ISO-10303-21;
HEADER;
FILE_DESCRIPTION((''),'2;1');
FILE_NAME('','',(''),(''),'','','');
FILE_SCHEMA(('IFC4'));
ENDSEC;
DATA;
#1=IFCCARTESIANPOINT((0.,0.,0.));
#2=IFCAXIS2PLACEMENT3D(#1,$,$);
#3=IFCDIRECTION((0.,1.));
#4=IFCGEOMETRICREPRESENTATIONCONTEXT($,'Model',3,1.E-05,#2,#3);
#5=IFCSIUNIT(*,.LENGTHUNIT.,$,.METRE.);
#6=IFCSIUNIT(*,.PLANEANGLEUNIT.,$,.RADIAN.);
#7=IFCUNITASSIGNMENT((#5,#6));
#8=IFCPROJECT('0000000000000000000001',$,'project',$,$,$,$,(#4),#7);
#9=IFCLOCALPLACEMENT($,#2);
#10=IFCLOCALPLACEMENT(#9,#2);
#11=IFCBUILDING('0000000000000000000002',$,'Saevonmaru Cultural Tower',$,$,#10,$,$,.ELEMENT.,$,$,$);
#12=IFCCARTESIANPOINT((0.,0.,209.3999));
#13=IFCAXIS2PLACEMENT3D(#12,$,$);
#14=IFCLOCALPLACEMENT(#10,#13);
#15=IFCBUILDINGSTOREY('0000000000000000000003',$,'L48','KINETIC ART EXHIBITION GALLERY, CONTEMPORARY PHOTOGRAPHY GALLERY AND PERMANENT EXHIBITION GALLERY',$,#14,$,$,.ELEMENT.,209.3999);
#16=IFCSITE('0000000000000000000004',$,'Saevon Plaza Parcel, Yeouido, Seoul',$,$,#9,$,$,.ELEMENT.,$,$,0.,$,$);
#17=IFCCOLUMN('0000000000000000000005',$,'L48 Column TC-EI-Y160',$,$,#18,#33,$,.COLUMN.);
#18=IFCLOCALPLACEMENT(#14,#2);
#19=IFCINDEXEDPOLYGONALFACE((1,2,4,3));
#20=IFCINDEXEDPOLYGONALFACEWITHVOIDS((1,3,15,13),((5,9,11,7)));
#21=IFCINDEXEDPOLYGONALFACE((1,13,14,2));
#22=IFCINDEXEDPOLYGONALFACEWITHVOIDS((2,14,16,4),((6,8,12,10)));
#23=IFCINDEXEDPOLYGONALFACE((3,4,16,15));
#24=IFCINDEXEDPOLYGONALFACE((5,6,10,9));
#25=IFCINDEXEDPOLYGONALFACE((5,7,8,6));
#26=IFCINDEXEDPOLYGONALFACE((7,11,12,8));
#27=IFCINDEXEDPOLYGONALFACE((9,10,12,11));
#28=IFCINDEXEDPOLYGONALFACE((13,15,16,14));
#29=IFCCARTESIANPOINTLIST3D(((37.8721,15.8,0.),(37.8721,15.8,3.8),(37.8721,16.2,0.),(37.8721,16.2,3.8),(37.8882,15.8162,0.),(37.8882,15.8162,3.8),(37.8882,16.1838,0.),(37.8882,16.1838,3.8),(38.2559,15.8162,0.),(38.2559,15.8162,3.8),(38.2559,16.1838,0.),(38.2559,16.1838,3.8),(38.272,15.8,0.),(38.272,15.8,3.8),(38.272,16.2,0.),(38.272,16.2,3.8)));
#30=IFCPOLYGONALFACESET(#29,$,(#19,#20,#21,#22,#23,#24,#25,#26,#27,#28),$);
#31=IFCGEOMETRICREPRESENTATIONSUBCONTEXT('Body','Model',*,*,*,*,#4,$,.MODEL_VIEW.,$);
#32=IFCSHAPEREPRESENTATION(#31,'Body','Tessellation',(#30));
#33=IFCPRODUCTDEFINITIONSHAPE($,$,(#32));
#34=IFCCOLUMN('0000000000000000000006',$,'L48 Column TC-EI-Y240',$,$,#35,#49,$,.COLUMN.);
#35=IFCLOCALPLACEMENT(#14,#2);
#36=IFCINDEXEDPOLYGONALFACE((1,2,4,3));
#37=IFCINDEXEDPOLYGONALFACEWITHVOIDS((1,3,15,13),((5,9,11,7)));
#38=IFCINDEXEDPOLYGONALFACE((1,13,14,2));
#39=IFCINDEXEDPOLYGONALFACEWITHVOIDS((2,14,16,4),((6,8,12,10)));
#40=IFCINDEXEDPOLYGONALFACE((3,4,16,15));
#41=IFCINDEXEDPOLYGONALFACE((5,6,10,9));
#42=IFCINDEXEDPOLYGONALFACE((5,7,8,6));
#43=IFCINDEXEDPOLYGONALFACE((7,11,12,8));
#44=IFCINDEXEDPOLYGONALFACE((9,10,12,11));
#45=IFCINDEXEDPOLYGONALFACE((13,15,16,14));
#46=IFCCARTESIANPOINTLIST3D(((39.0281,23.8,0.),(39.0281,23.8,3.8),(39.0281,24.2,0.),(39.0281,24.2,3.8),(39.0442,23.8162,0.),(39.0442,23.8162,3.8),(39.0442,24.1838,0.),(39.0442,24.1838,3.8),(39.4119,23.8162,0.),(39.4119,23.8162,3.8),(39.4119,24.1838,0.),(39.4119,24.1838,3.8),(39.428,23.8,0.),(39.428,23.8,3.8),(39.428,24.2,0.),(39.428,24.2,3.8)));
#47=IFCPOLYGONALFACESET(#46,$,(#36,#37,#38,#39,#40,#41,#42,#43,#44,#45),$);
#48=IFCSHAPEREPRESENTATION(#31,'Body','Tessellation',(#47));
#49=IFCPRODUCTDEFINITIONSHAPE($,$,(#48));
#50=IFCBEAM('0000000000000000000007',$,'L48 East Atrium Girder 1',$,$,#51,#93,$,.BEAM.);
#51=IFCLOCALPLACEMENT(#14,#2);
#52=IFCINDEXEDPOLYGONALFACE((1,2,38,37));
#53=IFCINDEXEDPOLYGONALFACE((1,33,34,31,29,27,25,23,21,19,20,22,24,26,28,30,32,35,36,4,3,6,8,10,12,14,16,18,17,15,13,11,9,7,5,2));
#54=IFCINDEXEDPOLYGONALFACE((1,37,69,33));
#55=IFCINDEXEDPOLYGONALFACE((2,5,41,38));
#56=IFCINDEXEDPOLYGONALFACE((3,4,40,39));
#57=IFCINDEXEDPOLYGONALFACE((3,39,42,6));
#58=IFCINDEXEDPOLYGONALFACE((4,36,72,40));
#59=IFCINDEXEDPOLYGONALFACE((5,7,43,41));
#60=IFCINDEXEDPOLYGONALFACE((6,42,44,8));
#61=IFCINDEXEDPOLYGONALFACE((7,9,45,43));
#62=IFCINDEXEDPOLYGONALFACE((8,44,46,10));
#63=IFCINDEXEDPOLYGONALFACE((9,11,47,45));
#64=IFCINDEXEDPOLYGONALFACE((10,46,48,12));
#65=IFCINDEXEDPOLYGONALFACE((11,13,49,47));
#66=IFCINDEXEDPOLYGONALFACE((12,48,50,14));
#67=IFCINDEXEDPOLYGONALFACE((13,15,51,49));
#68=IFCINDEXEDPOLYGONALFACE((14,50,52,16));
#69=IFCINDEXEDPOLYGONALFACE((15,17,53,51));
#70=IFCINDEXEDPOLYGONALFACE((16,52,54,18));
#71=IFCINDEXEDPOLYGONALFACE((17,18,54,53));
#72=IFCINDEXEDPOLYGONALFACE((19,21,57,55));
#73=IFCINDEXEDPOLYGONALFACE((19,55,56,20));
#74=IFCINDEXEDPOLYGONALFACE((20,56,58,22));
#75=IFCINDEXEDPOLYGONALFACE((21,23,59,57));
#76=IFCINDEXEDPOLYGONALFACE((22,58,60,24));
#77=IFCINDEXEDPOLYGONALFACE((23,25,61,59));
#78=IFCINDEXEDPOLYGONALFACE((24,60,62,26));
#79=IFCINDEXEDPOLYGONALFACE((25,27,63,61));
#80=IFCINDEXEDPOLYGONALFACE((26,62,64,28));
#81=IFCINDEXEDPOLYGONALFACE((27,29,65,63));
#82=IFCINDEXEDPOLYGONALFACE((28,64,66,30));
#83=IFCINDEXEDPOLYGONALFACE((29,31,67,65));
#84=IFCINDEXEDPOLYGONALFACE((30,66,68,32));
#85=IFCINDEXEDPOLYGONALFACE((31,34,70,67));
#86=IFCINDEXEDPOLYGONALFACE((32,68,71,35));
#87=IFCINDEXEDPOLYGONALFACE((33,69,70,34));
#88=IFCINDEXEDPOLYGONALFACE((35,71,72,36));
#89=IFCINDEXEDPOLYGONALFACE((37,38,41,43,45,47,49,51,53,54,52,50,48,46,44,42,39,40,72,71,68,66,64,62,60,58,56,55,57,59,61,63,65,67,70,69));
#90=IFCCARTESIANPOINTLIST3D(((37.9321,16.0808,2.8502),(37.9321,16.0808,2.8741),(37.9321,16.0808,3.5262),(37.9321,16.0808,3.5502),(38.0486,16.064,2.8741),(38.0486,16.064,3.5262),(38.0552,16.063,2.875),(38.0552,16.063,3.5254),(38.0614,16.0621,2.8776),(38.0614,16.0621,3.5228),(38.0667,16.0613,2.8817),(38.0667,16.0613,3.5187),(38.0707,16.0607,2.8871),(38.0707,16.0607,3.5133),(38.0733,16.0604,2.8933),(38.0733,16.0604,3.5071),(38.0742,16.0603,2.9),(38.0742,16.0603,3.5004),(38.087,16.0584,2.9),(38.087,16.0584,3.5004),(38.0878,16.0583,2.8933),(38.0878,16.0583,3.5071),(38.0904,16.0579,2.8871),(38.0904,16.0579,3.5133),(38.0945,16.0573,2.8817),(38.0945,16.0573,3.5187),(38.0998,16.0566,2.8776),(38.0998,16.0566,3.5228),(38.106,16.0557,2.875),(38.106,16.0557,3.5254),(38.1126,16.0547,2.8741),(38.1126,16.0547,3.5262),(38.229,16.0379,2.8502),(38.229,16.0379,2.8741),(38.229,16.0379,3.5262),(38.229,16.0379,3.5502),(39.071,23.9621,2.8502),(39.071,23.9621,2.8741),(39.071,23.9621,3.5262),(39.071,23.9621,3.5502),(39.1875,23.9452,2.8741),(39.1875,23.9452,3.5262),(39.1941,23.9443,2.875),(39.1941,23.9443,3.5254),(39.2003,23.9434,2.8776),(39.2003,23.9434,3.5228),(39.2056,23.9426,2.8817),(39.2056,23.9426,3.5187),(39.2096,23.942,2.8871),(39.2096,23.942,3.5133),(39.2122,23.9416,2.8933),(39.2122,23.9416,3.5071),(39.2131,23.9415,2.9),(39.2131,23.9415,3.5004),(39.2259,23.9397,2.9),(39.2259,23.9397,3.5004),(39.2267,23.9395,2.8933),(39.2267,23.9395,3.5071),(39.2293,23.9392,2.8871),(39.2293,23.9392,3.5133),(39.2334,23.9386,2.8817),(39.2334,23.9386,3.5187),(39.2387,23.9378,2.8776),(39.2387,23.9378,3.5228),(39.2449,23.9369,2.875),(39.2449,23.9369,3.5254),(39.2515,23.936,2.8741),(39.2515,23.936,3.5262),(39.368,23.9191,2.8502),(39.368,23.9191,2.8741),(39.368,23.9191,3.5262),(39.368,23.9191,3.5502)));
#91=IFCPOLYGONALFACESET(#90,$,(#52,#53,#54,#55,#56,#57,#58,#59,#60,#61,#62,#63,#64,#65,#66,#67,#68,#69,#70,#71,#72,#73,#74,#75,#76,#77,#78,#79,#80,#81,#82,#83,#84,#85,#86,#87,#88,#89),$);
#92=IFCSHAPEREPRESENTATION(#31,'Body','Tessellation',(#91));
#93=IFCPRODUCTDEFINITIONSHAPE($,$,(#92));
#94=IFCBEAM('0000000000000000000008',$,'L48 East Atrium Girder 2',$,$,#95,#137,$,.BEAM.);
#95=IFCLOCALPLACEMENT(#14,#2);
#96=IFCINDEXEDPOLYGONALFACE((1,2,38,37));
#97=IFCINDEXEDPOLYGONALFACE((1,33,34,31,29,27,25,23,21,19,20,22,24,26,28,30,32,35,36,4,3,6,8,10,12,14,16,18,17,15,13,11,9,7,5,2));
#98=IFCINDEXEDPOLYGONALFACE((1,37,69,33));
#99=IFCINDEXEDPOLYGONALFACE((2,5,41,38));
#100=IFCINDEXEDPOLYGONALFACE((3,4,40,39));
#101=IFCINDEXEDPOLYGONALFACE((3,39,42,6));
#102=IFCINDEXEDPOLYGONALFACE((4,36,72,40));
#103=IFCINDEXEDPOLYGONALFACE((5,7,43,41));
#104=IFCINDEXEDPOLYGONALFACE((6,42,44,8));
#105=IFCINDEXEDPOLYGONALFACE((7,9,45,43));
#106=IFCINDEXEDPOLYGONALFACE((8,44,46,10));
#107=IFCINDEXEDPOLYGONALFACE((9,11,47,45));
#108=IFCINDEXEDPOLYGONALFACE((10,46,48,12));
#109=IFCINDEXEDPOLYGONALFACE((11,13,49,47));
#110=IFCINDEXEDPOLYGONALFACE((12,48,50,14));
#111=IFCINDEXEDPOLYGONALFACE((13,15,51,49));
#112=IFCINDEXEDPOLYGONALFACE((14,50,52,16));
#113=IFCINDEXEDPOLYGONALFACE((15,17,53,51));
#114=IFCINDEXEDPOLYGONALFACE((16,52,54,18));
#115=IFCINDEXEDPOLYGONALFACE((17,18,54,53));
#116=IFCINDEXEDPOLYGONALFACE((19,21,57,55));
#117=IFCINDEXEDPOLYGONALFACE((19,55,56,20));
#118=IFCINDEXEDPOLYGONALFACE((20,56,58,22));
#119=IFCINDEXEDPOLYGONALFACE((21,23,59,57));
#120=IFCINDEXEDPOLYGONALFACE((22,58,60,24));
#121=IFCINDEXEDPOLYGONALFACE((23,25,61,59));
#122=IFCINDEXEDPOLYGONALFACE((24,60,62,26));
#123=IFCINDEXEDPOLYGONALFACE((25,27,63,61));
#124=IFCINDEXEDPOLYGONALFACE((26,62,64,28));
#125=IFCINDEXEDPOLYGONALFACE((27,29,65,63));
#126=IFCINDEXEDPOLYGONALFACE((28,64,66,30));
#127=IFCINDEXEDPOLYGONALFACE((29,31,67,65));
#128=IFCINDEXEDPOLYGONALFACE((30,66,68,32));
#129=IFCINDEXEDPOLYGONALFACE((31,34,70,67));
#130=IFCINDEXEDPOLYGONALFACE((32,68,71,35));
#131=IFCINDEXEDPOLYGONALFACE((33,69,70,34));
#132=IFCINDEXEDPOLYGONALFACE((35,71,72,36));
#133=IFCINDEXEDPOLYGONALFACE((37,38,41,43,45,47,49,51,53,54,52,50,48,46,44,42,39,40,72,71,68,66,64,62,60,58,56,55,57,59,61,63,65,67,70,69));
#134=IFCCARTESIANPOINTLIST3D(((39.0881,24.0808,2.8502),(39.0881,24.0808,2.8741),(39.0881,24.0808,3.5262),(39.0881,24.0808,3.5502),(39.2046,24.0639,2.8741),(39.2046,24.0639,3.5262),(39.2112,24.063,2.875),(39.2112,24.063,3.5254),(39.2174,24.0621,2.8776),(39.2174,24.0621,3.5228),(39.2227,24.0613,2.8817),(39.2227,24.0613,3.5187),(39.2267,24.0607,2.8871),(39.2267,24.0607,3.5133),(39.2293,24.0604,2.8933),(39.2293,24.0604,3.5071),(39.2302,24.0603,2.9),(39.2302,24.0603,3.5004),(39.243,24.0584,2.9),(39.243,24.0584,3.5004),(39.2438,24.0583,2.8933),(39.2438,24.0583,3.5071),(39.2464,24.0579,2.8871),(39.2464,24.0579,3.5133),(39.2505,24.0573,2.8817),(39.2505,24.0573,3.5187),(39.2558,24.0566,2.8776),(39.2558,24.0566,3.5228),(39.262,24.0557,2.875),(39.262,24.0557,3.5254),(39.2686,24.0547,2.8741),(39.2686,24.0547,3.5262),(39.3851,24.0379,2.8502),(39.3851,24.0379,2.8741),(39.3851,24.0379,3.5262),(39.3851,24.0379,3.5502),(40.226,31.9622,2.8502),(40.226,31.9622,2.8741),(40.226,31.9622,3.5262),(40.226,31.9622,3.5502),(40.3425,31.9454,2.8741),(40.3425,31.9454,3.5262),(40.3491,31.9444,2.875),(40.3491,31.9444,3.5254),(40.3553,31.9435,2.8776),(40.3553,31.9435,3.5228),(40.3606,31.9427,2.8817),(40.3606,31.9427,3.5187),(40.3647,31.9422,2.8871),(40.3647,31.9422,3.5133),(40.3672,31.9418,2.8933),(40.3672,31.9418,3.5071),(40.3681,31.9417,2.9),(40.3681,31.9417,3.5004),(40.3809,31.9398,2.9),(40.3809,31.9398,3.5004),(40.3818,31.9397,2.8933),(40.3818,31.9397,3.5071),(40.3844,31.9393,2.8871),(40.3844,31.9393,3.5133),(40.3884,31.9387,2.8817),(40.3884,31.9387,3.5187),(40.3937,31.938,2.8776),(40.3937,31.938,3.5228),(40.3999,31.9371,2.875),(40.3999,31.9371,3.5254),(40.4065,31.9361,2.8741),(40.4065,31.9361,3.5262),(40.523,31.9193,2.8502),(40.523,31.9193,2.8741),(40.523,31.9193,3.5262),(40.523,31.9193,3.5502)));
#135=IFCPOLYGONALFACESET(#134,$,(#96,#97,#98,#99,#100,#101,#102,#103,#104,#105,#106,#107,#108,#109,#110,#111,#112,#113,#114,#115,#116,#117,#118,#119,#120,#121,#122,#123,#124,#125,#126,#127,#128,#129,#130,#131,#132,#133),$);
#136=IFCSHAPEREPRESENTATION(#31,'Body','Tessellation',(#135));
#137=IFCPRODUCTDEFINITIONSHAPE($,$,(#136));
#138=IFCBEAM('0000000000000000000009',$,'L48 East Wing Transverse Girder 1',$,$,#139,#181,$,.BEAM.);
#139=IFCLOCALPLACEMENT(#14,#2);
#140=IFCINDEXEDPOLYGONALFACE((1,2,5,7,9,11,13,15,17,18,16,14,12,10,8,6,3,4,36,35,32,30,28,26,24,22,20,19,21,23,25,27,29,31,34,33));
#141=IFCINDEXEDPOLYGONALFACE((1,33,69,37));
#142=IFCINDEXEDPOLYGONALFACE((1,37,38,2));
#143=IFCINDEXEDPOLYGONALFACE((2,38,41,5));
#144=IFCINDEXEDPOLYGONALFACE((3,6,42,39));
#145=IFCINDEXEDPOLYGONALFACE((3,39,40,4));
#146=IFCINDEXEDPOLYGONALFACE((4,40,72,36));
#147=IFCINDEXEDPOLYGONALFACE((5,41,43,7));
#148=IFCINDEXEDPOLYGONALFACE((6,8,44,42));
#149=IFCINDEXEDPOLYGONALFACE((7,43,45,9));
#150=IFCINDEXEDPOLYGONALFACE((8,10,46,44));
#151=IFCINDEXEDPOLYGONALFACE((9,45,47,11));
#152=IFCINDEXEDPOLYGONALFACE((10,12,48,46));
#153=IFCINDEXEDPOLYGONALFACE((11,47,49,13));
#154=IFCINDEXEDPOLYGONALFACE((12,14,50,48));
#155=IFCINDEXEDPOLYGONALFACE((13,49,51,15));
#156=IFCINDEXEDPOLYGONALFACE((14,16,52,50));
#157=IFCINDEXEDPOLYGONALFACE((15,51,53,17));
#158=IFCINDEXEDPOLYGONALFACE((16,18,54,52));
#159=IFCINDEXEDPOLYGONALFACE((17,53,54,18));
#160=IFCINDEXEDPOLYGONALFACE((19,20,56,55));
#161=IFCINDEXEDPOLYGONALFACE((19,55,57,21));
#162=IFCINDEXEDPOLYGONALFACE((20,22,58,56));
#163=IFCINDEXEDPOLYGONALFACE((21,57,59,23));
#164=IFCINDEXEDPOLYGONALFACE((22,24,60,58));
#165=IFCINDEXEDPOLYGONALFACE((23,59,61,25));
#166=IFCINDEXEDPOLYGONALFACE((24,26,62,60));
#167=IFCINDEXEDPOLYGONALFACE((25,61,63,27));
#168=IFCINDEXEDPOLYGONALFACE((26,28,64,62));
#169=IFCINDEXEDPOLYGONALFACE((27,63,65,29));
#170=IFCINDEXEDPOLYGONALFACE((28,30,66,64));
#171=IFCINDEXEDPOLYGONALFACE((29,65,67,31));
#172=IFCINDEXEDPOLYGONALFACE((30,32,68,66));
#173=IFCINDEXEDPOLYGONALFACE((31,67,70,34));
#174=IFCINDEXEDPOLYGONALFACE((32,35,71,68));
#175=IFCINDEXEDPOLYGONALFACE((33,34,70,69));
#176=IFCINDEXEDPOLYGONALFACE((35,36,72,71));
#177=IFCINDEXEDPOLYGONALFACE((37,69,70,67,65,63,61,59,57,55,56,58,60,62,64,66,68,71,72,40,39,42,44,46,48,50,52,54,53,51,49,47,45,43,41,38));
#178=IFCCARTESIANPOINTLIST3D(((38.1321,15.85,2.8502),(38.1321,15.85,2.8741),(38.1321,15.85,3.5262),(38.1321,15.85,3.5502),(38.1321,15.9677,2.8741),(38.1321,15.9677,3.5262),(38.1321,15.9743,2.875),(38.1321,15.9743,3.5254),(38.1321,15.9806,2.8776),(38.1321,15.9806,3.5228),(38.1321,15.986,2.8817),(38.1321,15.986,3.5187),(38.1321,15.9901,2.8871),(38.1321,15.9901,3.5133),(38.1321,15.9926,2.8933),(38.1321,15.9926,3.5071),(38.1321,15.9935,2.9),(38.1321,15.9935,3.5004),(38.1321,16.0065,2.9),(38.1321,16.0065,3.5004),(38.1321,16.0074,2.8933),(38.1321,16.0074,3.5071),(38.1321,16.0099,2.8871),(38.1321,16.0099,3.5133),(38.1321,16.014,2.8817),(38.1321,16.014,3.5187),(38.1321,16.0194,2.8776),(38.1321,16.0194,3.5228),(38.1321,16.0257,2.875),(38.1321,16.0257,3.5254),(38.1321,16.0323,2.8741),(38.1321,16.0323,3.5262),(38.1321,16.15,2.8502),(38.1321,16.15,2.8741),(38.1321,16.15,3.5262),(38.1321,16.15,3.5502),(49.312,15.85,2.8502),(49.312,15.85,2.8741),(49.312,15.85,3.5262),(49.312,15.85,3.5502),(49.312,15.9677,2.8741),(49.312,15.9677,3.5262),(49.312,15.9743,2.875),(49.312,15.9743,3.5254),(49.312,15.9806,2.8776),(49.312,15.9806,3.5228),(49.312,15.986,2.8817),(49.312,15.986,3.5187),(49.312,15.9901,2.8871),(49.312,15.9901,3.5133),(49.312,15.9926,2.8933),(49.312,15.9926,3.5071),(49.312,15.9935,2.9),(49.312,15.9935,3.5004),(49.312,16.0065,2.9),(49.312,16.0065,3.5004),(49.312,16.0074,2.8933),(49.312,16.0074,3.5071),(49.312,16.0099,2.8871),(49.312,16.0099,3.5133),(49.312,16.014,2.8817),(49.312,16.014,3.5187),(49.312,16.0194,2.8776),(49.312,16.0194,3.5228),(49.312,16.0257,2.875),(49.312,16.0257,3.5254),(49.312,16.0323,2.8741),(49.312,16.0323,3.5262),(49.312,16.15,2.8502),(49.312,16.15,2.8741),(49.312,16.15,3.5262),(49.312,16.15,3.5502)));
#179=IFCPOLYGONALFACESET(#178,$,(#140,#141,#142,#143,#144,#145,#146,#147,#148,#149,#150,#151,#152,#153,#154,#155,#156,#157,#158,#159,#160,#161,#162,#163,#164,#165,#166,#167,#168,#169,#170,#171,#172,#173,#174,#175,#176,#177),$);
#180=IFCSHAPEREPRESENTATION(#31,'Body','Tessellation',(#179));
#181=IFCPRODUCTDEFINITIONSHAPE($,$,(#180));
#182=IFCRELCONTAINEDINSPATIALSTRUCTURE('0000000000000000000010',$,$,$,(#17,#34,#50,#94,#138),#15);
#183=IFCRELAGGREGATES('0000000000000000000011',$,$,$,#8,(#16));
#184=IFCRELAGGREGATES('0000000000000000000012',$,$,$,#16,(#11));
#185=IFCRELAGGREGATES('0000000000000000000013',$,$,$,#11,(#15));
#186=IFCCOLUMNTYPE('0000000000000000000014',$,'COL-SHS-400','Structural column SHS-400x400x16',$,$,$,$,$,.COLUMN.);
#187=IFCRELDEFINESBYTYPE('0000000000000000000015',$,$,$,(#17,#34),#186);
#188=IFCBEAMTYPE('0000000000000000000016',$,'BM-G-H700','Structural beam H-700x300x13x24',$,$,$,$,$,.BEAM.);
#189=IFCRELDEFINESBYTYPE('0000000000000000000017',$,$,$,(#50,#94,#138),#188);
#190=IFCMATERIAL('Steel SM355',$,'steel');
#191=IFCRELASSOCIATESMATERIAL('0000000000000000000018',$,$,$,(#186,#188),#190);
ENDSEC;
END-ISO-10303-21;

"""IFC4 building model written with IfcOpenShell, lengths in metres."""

from ifc_helpers import new_model, si_unit, direction, frame, origin, origin_2d, place, context, subcontext, project, spatial, hollow_rectangle, i_section, extrude, material, material_profile, profile_set, type_object, element, save


model = new_model("IFC4")

# Units and contexts
model_context = context("Model", 3, precision=1e-05, world=origin(), true_north=direction((0.0, 1.0)))
body_context = subcontext(model_context, "Body", "Model", "MODEL_VIEW")
ifc_project = project(units=[si_unit("LENGTHUNIT", "METRE"), si_unit("PLANEANGLEUNIT", "RADIAN")], contexts=[model_context])

# Site, building, storey
site_placement = place(None, origin())
site = spatial("IfcSite", under=ifc_project, at=site_placement, Name="Saevon Plaza Parcel, Yeouido, Seoul", CompositionType="ELEMENT", RefElevation=0.0)
building_placement = place(site_placement, origin())
building = spatial("IfcBuilding", under=site, at=building_placement, Name="Saevonmaru Cultural Tower", CompositionType="ELEMENT")
storey_placement = place(building_placement, frame((0.0, 0.0, 209.3999)))
storey = spatial("IfcBuildingStorey", under=building, at=storey_placement, Name="L48", Description="KINETIC ART EXHIBITION GALLERY, CONTEMPORARY PHOTOGRAPHY GALLERY AND PERMANENT EXHIBITION GALLERY", CompositionType="ELEMENT", Elevation=209.3999)

# Columns
ifc_material_1 = material(Name="Steel SM355", Category="steel")
ifc_material_profile_1 = material_profile(ifc_material_1, hollow_rectangle(XDim=0.3999, YDim=0.3999, WallThickness=0.0161, at=origin_2d()), Name="SHS-400x400x16")
ifc_profile_set_1 = profile_set([ifc_material_profile_1], Name="Steel SM355")
column_type = type_object("IfcColumnType", Name="COL-SHS-400", Description="Structural column SHS-400x400x16", PredefinedType="COLUMN", material=ifc_profile_set_1)
for number, where, z_axis, x_axis, name in (
    (1, (38.072, 16.0, 0.0), (0.0, 0.0, 1.0), (1.0, 0.0, 0.0), "L48 Column TC-EI-Y160"),
    (2, (39.228, 24.0, 0.0), (0.0, 0.0, 1.0), (1.0, 0.0, 0.0), "L48 Column TC-EI-Y240"),
):
    element("IfcColumn", number, at=place(storey_placement, frame(where, z_axis=z_axis, x_axis=x_axis)), inside=storey, type_object=column_type, Name=name, PredefinedType="COLUMN", context=body_context, shape_type="SweptSolid", body=[
        extrude(hollow_rectangle(XDim=0.3999, YDim=0.3999, WallThickness=0.0161, at=origin_2d()), origin(), (0.0, 0.0, 1.0), 3.8),
    ])

# Beams
ifc_material_profile_2 = material_profile(ifc_material_1, i_section(OverallWidth=0.3, OverallDepth=0.7, WebThickness=0.0129, FlangeThickness=0.0239, FilletRadius=0.0259, at=origin_2d()), Name="H-700x300x13x24")
ifc_profile_set_2 = profile_set([ifc_material_profile_2], Name="Steel SM355")
beam_type_1 = type_object("IfcBeamType", Name="BM-G-H700", Description="Structural beam H-700x300x13x24", PredefinedType="BEAM", material=ifc_profile_set_2)
for number, where, z_axis, x_axis, name in (
    (3, (38.0806, 16.0593, 3.2002), (0.143022, 0.989719, 0.0), (-0.989719, 0.143022, 0.0), "L48 East Atrium Girder 1"),
    (4, (39.2366, 24.0593, 3.2002), (0.142902, 0.989737, 0.0), (-0.989737, 0.142902, 0.0), "L48 East Atrium Girder 2"),
):
    element("IfcBeam", number, at=place(storey_placement, frame(where, z_axis=z_axis, x_axis=x_axis)), inside=storey, type_object=beam_type_1, Name=name, PredefinedType="BEAM", context=body_context, shape_type="SweptSolid", body=[
        extrude(i_section(OverallWidth=0.3, OverallDepth=0.7, WebThickness=0.0129, FlangeThickness=0.0239, FilletRadius=0.0259, at=origin_2d()), origin(), (0.0, 0.0, 1.0), 7.9631),
    ])
for number, where, z_axis, x_axis, name in (
    (5, (38.1321, 16.0, 3.2002), (1.0, 0.0, 0.0), (0.0, 1.0, 0.0), "L48 East Wing Transverse Girder 1"),
):
    element("IfcBeam", number, at=place(storey_placement, frame(where, z_axis=z_axis, x_axis=x_axis)), inside=storey, type_object=beam_type_1, Name=name, PredefinedType="BEAM", context=body_context, shape_type="SweptSolid", body=[
        extrude(i_section(OverallWidth=0.3, OverallDepth=0.7, WebThickness=0.0129, FlangeThickness=0.0239, FilletRadius=0.0259, at=origin_2d()), origin(), (0.0, 0.0, 1.0), 11.1799),
    ])

save(model, "model.ifc")
